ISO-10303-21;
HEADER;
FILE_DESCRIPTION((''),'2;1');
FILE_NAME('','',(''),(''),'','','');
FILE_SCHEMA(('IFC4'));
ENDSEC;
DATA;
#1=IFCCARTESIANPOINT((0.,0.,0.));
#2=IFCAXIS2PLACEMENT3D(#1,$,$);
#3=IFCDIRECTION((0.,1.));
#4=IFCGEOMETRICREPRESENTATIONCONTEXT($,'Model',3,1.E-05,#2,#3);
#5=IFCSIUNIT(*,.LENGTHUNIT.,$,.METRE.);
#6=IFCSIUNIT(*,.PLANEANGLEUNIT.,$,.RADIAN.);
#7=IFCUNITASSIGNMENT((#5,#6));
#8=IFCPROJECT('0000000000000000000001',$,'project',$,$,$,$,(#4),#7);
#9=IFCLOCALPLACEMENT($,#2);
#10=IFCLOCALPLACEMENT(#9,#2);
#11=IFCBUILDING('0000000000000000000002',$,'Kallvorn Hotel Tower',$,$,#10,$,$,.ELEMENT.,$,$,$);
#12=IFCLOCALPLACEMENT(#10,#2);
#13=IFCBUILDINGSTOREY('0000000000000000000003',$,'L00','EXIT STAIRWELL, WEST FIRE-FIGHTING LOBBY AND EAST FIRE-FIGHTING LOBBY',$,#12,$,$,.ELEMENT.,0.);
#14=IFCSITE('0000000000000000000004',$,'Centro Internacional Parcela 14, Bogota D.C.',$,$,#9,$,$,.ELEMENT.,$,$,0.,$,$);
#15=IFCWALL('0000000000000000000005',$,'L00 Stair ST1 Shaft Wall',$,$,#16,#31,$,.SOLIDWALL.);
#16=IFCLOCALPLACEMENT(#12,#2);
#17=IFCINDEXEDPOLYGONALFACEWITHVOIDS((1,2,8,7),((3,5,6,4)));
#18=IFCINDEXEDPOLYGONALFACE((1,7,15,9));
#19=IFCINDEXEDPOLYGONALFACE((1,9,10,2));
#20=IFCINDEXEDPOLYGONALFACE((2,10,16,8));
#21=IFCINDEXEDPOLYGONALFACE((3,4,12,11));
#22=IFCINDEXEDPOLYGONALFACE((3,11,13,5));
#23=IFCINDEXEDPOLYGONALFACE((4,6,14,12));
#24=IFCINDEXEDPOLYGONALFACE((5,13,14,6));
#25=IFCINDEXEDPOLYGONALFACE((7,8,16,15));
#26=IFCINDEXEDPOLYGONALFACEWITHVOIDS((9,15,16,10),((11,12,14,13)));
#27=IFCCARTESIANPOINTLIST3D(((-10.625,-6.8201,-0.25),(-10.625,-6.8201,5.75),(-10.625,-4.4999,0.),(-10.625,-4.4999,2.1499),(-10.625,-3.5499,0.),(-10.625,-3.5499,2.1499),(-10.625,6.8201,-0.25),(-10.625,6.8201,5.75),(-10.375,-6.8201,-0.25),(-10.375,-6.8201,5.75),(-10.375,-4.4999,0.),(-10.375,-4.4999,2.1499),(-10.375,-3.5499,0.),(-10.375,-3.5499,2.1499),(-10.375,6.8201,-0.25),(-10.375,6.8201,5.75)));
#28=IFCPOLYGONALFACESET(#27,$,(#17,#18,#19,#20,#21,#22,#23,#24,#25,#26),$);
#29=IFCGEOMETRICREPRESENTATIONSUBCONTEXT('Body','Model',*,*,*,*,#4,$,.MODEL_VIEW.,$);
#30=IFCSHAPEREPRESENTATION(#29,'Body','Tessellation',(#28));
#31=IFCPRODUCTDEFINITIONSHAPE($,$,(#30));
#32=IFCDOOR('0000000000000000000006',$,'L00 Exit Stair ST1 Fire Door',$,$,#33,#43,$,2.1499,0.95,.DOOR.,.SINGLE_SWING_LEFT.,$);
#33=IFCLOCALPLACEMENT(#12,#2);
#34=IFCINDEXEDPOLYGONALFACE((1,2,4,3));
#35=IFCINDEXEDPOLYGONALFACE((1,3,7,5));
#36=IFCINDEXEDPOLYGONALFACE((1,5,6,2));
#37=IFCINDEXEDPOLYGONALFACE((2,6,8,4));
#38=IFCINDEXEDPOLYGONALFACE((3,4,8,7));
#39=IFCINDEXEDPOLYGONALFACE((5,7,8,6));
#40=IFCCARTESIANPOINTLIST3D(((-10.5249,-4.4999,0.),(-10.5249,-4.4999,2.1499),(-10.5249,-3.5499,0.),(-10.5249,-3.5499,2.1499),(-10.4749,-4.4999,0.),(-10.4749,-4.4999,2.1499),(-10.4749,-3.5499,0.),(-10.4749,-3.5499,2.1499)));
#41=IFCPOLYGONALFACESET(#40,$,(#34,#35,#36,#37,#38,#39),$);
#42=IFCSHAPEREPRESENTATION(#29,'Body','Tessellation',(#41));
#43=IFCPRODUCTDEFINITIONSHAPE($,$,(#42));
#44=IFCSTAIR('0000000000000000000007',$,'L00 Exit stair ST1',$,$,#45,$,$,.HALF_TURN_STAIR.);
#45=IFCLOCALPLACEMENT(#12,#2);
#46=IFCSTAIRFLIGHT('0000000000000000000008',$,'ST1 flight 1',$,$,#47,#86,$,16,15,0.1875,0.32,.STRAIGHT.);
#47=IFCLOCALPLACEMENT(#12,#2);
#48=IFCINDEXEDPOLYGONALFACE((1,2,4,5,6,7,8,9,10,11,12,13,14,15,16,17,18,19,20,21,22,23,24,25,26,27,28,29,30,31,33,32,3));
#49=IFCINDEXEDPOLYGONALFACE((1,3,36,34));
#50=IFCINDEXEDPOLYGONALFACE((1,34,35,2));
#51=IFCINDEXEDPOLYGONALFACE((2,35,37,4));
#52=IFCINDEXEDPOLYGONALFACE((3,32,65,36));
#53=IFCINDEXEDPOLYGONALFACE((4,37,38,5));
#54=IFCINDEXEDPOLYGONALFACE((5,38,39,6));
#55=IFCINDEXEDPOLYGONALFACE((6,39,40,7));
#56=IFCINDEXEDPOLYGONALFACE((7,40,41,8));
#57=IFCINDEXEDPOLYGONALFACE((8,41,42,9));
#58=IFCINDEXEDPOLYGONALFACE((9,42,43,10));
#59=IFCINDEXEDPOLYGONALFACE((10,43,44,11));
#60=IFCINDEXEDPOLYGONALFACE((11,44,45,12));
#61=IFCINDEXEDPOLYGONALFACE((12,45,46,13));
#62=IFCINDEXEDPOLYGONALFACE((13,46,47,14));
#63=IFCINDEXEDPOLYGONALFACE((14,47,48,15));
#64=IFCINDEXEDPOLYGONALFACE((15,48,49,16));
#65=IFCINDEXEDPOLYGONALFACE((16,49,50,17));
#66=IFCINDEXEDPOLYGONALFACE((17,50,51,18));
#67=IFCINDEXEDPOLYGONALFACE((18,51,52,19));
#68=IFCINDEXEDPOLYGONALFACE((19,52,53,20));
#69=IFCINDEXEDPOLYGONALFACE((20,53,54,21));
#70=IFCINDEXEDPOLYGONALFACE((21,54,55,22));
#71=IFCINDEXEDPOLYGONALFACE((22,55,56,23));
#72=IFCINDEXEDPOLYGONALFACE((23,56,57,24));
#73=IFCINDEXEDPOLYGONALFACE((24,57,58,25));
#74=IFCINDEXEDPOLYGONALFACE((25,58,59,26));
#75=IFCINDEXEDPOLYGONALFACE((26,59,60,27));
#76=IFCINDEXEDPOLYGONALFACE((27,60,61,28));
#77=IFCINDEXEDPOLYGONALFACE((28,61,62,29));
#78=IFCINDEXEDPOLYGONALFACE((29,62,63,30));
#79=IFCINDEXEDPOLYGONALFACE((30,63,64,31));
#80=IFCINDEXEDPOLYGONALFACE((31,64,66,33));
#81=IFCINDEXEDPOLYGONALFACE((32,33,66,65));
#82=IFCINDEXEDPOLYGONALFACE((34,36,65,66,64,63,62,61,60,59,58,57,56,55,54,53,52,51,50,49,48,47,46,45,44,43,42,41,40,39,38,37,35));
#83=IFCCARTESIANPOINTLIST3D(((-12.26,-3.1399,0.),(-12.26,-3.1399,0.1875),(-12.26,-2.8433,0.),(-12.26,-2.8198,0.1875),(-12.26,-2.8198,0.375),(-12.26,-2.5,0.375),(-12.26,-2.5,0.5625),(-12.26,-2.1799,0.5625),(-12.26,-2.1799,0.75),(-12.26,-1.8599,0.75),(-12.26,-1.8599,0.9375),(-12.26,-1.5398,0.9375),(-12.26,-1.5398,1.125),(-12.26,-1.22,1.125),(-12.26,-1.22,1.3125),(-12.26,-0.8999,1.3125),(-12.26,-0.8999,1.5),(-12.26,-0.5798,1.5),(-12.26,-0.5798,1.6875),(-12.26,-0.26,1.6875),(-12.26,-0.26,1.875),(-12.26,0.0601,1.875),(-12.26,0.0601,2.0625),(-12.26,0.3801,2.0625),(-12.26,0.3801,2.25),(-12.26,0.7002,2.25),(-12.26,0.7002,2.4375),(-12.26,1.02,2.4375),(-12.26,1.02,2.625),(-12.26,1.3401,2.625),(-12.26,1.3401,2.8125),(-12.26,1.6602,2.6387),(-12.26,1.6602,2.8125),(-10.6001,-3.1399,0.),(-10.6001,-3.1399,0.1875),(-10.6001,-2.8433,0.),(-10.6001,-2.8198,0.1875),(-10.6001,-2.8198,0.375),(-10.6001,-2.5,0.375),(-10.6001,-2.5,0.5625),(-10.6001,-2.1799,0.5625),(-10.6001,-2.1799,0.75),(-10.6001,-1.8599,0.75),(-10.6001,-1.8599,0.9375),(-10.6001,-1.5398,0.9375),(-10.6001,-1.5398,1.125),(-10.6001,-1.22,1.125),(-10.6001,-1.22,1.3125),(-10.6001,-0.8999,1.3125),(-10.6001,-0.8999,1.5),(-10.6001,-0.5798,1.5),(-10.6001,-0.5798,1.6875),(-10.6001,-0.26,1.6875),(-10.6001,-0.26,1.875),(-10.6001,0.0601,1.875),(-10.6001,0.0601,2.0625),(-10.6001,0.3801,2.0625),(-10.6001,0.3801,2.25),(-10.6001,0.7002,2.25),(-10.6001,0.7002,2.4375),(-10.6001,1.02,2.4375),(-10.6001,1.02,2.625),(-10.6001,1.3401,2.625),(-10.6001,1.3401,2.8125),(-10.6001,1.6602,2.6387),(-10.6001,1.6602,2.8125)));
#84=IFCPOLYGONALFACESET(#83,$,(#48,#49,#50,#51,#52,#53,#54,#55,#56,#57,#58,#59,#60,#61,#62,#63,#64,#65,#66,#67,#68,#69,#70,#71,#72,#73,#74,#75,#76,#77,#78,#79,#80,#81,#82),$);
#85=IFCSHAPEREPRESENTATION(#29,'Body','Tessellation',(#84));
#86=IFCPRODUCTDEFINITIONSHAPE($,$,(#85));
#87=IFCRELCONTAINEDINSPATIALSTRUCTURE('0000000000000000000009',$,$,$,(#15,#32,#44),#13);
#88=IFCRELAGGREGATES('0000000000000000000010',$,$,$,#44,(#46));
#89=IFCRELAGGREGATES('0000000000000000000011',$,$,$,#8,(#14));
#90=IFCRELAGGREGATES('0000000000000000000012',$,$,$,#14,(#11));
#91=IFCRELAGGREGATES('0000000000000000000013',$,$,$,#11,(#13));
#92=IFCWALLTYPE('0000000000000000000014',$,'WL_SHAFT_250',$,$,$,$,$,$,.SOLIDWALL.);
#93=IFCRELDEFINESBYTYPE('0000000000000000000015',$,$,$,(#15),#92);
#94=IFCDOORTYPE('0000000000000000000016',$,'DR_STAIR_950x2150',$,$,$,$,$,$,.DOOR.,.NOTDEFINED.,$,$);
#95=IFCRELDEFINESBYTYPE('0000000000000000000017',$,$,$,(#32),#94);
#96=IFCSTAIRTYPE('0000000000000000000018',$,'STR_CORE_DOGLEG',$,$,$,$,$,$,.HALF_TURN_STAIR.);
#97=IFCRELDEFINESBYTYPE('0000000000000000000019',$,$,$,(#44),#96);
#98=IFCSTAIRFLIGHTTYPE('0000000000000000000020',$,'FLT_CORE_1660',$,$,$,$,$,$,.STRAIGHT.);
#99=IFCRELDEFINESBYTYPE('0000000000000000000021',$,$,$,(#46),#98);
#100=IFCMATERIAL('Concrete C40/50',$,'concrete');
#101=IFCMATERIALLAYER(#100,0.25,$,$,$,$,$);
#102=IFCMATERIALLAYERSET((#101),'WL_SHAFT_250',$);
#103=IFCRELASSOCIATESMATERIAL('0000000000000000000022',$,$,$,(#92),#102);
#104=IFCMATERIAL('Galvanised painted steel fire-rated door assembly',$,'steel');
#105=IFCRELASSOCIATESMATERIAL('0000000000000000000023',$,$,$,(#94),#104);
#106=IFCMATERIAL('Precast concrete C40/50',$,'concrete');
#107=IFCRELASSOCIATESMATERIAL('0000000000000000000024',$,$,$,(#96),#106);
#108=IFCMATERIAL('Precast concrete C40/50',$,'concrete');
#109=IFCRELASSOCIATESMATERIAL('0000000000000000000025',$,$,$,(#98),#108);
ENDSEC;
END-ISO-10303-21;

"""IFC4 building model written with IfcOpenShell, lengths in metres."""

from ifc_helpers import new_model, si_unit, direction, frame, frame_2d, origin, place, context, subcontext, project, spatial, polyline, rectangle, outline, extrude, material, layer, layer_set, type_object, element, fill, aggregate, save


model = new_model("IFC4")

# Units and contexts
model_context = context("Model", 3, precision=1e-05, world=origin(), true_north=direction((0.0, 1.0)))
body_context = subcontext(model_context, "Body", "Model", "MODEL_VIEW")
ifc_project = project(units=[si_unit("LENGTHUNIT", "METRE"), si_unit("PLANEANGLEUNIT", "RADIAN")], contexts=[model_context])

# Site, building, storey
site_placement = place(None, origin())
site = spatial("IfcSite", under=ifc_project, at=site_placement, Name="Centro Internacional Parcela 14, Bogota D.C.", CompositionType="ELEMENT", RefElevation=0.0)
building_placement = place(site_placement, origin())
building = spatial("IfcBuilding", under=site, at=building_placement, Name="Kallvorn Hotel Tower", CompositionType="ELEMENT")
storey_placement = place(building_placement, origin())
storey = spatial("IfcBuildingStorey", under=building, at=storey_placement, Name="L00", Description="EXIT STAIRWELL, WEST FIRE-FIGHTING LOBBY AND EAST FIRE-FIGHTING LOBBY", CompositionType="ELEMENT", Elevation=0.0)

# Wall, opening, door
ifc_material_1 = material(Name="Concrete C40/50", Category="concrete")
ifc_layer_1 = layer(ifc_material_1, 0.25)
ifc_layer_set_1 = layer_set([ifc_layer_1], Name="WL_SHAFT_250")
wall_type_1 = type_object("IfcWallType", Name="WL_SHAFT_250", PredefinedType="SOLIDWALL", material=ifc_layer_set_1)
wall_1_placement = place(storey_placement, frame((-10.5, -6.8201, -0.25), z_axis=(0.0, 0.0, 1.0), x_axis=(0.0, 1.0, 0.0)))
wall_1 = element("IfcWall", 1, at=wall_1_placement, inside=storey, type_object=wall_type_1, Name="L00 Stair ST1 Shaft Wall", PredefinedType="SOLIDWALL", context=body_context, shape_type="SweptSolid", body=[
    extrude(rectangle(XDim=13.6401, YDim=0.25, at=frame_2d((6.8201, 0.0))), origin(), (0.0, 0.0, 1.0), 6.0),
])
opening_1_placement = place(wall_1_placement, frame((2.3201, 0.0, 0.25)))
opening_1 = element("IfcOpeningElement", 2, at=opening_1_placement, cuts=wall_1, PredefinedType="OPENING", context=body_context, shape_type="SweptSolid", body=[
    extrude(rectangle(XDim=0.95, YDim=2.1499, at=frame_2d((0.4751, 1.075))), frame((0.0, 0.1399, 0.0), z_axis=(0.0, -1.0, 0.0), x_axis=(1.0, 0.0, 0.0)), (0.0, 0.0, 1.0), 0.28),
])
ifc_material_2 = material(Name="Galvanised painted steel fire-rated door assembly", Category="steel")
door_type_1 = type_object("IfcDoorType", Name="DR_STAIR_950x2150", OperationType="NOTDEFINED", PredefinedType="DOOR", material=ifc_material_2)
door_1_placement = place(opening_1_placement, origin())
door_1 = element("IfcDoor", 3, at=door_1_placement, inside=storey, type_object=door_type_1, Name="L00 Exit Stair ST1 Fire Door", OperationType="SINGLE_SWING_LEFT", OverallHeight=2.1499, OverallWidth=0.95, PredefinedType="DOOR", context=body_context, shape_type="SweptSolid", body=[
    extrude(rectangle(XDim=0.95, YDim=2.1499, at=frame_2d((0.4751, 1.075))), frame((0.0, 0.0249, 0.0), z_axis=(0.0, -1.0, 0.0), x_axis=(1.0, 0.0, 0.0)), (0.0, 0.0, 1.0), 0.05),
])
fill(opening_1, door_1)

# Stair, stair flight
ifc_material_3 = material(Name="Precast concrete C40/50", Category="concrete")
stair_type = type_object("IfcStairType", Name="STR_CORE_DOGLEG", PredefinedType="HALF_TURN_STAIR", material=ifc_material_3)
stair_placement = place(storey_placement, origin())
stair = element("IfcStair", 4, at=stair_placement, inside=storey, type_object=stair_type, Name="L00 Exit stair ST1", PredefinedType="HALF_TURN_STAIR")
ifc_material_4 = material(Name="Precast concrete C40/50", Category="concrete")
stair_flight_type = type_object("IfcStairFlightType", Name="FLT_CORE_1660", PredefinedType="STRAIGHT", material=ifc_material_4)
stair_flight_placement = place(storey_placement, frame((-11.4299, -3.1399, 0.0), z_axis=(0.0, 0.0, 1.0), x_axis=(0.0, 1.0, 0.0)))
stair_flight = element("IfcStairFlight", 5, at=stair_flight_placement, type_object=stair_flight_type, Name="ST1 flight 1", NumberOfRisers=16, NumberOfTreads=15, PredefinedType="STRAIGHT", RiserHeight=0.1875, TreadLength=0.32, context=body_context, shape_type="SweptSolid", body=[
    extrude(outline(polyline([(0.0, 0.0), (0.0, 0.1875), (0.3201, 0.1875), (0.3201, 0.375), (0.6399, 0.375), (0.6399, 0.5625), (0.96, 0.5625), (0.96, 0.75), (1.28, 0.75), (1.28, 0.9375), (1.6001, 0.9375), (1.6001, 1.125), (1.9199, 1.125), (1.9199, 1.3125), (2.24, 1.3125), (2.24, 1.5), (2.5601, 1.5), (2.5601, 1.6875), (2.8799, 1.6875), (2.8799, 1.875), (3.2, 1.875), (3.2, 2.0625), (3.52, 2.0625), (3.52, 2.25), (3.8401, 2.25), (3.8401, 2.4375), (4.1599, 2.4375), (4.1599, 2.625), (4.48, 2.625), (4.48, 2.8125), (4.8, 2.8125), (4.8, 3.0), (4.8, 2.6387), (0.2966, 0.0), (0.0, 0.0)])), frame((0.0, 0.8301, 0.0), z_axis=(0.0, -1.0, 0.0), x_axis=(1.0, 0.0, 0.0)), (0.0, 0.0, 1.0), 1.6599),
])
aggregate(stair, [stair_flight])

save(model, "model.ifc")
